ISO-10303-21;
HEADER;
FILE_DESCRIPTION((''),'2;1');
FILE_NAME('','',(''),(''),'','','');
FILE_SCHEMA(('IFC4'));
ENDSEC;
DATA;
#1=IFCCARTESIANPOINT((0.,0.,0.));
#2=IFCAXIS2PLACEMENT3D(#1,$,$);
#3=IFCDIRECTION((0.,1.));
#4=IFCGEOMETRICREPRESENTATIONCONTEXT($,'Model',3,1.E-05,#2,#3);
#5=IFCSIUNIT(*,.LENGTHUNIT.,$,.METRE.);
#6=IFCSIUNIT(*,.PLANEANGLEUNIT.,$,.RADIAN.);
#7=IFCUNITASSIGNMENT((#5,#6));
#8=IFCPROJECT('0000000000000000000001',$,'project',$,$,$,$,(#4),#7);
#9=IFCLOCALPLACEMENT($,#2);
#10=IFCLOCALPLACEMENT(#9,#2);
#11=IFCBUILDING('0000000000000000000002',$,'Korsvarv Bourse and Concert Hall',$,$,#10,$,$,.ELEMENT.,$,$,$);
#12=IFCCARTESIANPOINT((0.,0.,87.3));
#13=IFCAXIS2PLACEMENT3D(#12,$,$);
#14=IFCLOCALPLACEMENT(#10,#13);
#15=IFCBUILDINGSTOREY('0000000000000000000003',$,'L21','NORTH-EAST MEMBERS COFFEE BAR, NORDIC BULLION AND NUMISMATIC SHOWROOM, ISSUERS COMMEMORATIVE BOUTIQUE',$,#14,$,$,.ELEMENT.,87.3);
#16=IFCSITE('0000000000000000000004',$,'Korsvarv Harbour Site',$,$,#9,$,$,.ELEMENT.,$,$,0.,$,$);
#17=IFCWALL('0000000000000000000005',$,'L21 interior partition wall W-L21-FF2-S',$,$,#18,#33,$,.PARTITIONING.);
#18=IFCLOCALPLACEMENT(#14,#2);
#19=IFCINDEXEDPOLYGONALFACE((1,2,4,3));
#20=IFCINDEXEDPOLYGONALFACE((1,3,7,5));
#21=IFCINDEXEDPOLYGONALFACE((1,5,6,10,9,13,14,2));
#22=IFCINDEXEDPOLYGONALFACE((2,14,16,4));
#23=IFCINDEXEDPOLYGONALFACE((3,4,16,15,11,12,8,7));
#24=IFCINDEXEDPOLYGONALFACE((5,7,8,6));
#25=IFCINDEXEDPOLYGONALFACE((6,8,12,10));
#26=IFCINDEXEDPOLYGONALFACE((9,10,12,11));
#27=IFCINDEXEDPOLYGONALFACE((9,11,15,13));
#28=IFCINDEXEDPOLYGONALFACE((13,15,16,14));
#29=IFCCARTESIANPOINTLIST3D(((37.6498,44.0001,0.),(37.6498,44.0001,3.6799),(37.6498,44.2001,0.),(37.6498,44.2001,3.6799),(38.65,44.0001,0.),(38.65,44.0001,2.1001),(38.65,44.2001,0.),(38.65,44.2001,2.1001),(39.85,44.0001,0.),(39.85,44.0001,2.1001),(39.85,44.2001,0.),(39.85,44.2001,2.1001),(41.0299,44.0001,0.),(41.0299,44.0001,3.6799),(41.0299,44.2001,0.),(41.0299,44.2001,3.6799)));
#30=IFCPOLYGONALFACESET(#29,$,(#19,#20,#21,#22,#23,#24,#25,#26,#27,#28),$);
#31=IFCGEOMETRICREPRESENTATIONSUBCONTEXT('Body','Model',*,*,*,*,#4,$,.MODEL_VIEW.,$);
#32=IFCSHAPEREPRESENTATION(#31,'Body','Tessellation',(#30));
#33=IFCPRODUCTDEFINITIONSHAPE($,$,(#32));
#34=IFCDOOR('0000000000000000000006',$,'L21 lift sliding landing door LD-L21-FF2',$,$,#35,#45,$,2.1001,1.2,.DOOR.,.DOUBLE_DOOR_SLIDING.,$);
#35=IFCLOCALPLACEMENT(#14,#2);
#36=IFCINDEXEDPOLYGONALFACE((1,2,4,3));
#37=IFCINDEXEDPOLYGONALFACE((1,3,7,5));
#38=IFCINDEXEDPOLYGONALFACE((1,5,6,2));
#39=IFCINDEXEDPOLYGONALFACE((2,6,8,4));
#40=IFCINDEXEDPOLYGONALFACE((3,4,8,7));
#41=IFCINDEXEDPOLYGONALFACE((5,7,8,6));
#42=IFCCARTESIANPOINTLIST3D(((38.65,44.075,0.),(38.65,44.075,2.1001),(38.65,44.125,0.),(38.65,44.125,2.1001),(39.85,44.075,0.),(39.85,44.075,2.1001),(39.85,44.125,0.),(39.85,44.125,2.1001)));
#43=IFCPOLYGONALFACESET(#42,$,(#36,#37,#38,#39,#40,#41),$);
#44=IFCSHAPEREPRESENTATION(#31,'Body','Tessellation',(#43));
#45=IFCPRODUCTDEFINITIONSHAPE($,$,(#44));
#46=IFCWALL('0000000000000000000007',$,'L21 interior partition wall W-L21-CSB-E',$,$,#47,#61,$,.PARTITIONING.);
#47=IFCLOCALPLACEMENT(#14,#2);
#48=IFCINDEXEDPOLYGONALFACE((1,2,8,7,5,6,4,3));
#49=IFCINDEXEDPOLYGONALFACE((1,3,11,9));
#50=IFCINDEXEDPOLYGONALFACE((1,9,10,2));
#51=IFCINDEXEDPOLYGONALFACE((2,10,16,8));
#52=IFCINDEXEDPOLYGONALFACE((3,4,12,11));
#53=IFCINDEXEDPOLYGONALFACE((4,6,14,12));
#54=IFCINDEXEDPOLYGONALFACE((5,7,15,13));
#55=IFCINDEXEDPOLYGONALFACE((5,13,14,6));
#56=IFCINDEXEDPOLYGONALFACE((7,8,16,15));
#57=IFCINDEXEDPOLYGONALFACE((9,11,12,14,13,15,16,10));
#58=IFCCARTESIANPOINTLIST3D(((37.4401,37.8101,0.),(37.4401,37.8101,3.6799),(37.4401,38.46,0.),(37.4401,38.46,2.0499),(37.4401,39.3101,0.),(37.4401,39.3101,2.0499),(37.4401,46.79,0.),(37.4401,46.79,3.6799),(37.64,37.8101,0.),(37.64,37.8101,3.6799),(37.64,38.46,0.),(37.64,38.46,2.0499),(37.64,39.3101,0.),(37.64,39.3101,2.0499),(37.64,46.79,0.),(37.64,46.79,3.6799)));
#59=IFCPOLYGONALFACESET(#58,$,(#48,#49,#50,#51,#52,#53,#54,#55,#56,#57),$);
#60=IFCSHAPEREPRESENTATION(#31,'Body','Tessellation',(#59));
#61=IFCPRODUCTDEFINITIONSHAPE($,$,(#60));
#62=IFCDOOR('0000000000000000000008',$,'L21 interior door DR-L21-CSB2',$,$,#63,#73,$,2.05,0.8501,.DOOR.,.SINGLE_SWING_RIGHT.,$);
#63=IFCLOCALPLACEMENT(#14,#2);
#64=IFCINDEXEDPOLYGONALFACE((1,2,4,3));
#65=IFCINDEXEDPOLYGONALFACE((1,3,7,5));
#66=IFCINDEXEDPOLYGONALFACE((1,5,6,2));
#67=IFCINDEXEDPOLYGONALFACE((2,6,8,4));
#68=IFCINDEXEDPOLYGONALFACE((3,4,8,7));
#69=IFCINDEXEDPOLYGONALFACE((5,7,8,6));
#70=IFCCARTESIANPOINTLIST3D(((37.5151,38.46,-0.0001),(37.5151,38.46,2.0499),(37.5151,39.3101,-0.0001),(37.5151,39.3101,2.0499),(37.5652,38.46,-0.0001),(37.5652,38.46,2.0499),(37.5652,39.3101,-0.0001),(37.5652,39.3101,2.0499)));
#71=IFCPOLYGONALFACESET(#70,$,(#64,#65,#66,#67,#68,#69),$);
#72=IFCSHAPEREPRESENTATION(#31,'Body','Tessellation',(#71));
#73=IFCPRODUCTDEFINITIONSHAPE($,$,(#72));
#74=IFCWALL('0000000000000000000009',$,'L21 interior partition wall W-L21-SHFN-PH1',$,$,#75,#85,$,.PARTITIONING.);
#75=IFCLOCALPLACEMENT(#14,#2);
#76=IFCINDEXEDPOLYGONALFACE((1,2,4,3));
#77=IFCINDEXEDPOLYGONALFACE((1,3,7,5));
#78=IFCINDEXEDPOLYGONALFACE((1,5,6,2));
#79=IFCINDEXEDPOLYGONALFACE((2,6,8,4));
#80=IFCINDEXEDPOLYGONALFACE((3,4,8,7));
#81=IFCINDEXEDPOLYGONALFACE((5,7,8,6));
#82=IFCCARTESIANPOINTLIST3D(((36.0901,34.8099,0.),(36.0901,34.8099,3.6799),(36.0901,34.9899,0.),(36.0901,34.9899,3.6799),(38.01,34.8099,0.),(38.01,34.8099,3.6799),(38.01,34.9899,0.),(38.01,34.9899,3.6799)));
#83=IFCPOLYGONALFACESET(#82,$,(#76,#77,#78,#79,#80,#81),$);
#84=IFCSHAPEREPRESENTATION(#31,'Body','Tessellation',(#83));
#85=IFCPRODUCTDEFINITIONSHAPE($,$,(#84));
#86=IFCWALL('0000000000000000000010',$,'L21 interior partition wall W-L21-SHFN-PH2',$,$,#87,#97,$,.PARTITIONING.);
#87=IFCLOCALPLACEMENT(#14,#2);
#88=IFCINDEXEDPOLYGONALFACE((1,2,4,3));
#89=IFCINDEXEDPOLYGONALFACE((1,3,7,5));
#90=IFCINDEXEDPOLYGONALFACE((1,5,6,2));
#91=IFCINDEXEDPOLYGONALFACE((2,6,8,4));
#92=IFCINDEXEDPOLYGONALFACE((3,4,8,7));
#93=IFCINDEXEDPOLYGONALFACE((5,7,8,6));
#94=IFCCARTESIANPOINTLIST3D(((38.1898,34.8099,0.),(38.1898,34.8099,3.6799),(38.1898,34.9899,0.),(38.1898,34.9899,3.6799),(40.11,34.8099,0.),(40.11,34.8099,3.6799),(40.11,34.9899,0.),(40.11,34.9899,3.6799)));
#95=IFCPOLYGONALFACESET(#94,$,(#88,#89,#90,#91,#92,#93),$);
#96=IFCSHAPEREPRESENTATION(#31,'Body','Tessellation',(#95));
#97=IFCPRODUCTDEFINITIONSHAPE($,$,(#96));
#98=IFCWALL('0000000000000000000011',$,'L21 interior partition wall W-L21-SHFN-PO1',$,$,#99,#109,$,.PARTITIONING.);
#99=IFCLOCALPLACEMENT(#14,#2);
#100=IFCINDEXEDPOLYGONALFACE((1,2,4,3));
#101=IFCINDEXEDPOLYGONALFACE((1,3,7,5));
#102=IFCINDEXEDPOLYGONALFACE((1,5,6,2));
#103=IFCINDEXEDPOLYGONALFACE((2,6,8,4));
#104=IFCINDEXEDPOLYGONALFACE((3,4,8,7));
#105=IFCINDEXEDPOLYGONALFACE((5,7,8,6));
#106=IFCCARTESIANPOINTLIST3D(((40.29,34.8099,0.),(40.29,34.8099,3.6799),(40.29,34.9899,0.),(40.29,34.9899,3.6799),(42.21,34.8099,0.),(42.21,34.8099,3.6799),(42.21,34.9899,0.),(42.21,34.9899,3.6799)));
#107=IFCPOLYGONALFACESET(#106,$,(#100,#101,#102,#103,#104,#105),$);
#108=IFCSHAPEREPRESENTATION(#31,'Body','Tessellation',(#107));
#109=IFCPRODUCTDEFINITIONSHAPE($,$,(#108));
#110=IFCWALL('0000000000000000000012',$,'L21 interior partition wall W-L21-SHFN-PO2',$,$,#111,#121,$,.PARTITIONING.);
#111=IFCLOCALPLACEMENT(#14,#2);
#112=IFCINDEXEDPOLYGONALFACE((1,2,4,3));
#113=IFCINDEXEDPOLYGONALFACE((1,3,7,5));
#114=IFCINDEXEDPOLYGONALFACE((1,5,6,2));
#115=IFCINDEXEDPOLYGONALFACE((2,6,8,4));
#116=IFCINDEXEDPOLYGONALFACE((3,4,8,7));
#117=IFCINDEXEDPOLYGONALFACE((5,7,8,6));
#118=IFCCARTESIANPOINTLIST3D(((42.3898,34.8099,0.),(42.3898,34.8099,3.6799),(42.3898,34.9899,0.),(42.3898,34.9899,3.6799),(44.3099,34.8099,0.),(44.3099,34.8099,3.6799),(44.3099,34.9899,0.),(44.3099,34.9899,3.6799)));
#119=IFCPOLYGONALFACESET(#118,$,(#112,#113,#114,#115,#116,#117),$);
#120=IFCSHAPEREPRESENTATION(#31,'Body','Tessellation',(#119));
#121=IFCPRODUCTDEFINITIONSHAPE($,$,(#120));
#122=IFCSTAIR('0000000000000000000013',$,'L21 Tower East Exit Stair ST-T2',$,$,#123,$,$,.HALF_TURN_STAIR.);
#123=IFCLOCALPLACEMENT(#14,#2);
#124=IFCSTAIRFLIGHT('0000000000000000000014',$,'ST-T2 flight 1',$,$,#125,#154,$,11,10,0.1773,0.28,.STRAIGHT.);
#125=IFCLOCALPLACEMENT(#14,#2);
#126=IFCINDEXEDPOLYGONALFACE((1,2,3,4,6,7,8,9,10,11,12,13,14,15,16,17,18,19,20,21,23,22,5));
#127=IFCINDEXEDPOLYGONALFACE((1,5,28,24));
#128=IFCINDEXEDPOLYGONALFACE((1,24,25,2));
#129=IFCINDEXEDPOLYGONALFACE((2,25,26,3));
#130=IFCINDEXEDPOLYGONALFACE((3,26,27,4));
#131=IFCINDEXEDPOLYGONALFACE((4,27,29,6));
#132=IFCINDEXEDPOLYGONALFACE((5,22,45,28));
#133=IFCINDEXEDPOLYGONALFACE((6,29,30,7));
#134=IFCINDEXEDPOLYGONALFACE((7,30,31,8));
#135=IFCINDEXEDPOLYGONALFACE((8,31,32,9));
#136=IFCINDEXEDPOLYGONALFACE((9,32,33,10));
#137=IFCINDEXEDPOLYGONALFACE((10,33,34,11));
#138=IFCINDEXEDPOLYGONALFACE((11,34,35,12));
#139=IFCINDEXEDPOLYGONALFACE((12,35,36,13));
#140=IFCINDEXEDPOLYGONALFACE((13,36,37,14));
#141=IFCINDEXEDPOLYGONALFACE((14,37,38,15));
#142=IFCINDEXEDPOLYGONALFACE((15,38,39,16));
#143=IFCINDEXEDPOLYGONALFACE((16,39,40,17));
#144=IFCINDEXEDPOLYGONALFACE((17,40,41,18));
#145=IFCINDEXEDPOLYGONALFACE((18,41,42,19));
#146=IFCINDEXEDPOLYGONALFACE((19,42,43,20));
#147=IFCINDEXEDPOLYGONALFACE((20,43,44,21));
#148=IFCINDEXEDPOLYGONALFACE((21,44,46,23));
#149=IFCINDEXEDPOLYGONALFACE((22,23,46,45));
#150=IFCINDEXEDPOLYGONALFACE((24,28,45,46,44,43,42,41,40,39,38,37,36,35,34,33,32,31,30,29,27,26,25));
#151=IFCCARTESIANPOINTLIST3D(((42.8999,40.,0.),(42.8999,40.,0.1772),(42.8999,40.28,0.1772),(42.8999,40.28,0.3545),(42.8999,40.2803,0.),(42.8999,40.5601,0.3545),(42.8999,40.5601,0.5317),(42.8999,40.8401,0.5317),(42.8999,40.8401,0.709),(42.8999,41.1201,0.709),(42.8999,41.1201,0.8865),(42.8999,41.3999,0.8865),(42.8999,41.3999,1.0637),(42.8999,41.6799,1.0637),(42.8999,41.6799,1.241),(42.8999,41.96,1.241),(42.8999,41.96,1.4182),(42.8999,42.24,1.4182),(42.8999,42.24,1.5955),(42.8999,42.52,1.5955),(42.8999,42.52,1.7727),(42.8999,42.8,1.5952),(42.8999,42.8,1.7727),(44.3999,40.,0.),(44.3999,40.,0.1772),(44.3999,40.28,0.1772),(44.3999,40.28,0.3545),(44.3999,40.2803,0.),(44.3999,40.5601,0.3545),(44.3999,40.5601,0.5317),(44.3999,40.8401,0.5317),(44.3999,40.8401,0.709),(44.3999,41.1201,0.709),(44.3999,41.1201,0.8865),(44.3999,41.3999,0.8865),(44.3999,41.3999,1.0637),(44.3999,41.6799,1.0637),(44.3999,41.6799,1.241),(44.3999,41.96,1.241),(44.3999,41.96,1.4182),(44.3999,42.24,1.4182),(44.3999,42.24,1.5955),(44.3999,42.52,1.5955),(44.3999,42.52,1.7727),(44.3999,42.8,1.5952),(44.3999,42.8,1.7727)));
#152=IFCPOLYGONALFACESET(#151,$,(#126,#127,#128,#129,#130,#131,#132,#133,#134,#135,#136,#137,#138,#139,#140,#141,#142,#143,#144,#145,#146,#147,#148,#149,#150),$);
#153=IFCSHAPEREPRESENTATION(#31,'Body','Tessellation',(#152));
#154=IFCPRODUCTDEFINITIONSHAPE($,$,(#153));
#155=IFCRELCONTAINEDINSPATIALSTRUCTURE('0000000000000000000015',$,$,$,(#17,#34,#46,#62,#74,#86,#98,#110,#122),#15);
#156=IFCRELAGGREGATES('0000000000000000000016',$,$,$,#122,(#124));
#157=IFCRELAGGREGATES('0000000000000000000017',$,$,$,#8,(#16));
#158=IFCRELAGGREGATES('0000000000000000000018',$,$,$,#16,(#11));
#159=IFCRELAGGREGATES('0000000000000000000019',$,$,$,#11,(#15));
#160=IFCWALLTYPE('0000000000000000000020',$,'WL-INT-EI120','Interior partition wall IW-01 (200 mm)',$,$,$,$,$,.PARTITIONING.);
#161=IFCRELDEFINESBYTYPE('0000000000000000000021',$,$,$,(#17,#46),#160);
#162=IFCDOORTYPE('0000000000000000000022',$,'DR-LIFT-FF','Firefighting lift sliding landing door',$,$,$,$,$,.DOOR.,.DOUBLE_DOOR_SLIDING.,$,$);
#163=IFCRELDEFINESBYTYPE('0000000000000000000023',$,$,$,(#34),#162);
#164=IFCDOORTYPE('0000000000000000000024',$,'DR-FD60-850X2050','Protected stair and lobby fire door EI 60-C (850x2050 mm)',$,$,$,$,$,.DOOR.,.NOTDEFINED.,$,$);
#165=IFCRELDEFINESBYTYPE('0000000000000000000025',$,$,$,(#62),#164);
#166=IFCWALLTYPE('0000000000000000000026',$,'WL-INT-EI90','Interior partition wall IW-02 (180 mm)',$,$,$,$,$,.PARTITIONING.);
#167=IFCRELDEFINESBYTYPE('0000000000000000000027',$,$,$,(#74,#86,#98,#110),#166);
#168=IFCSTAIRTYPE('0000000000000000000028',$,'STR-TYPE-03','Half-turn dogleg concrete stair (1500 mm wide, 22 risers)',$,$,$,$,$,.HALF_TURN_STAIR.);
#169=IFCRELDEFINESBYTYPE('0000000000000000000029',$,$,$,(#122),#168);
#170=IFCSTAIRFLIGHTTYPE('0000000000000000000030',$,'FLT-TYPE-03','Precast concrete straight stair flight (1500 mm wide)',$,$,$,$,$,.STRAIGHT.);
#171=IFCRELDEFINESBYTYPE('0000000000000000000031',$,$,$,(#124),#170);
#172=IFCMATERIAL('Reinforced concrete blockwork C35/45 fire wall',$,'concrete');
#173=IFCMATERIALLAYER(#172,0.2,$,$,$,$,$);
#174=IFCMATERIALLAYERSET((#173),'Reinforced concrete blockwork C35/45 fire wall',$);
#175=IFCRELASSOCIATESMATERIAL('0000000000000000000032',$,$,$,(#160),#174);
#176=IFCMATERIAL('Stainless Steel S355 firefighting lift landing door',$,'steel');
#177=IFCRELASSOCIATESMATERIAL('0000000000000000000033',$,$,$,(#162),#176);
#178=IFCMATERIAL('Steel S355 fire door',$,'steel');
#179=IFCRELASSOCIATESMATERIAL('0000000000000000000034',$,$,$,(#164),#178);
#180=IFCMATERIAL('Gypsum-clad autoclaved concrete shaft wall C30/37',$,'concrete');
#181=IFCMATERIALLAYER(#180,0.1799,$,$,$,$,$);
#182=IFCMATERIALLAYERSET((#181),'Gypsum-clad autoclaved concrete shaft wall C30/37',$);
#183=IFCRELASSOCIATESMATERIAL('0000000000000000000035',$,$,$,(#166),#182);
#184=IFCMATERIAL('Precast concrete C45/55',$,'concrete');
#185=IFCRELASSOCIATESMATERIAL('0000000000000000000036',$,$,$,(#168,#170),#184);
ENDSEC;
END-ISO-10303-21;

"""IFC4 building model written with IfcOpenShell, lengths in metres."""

from ifc_helpers import new_model, si_unit, direction, frame, frame_2d, origin, place, context, subcontext, project, spatial, polyline, rectangle, outline, extrude, material, layer, layer_set, type_object, element, fill, aggregate, save


model = new_model("IFC4")

# Units and contexts
model_context = context("Model", 3, precision=1e-05, world=origin(), true_north=direction((0.0, 1.0)))
body_context = subcontext(model_context, "Body", "Model", "MODEL_VIEW")
ifc_project = project(units=[si_unit("LENGTHUNIT", "METRE"), si_unit("PLANEANGLEUNIT", "RADIAN")], contexts=[model_context])

# Site, building, storey
site_placement = place(None, origin())
site = spatial("IfcSite", under=ifc_project, at=site_placement, Name="Korsvarv Harbour Site", CompositionType="ELEMENT", RefElevation=0.0)
building_placement = place(site_placement, origin())
building = spatial("IfcBuilding", under=site, at=building_placement, Name="Korsvarv Bourse and Concert Hall", CompositionType="ELEMENT")
storey_placement = place(building_placement, frame((0.0, 0.0, 87.3)))
storey = spatial("IfcBuildingStorey", under=building, at=storey_placement, Name="L21", Description="NORTH-EAST MEMBERS COFFEE BAR, NORDIC BULLION AND NUMISMATIC SHOWROOM, ISSUERS COMMEMORATIVE BOUTIQUE", CompositionType="ELEMENT", Elevation=87.3)

# Shared definitions
ifc_material_1 = material(Name="Steel S355 fire door", Category="steel")

# Walls, openings, doors
ifc_material_2 = material(Name="Reinforced concrete blockwork C35/45 fire wall", Category="concrete")
ifc_layer_1 = layer(ifc_material_2, 0.2)
ifc_layer_set_1 = layer_set([ifc_layer_1], Name="Reinforced concrete blockwork C35/45 fire wall")
wall_type_1 = type_object("IfcWallType", Name="WL-INT-EI120", Description="Interior partition wall IW-01 (200 mm)", PredefinedType="PARTITIONING", material=ifc_layer_set_1)
wall_1_placement = place(storey_placement, frame((37.6499, 44.1001, 0.0), z_axis=(0.0, 0.0, 1.0), x_axis=(1.0, 0.0, 0.0)))
wall_1 = element("IfcWall", 1, at=wall_1_placement, inside=storey, type_object=wall_type_1, Name="L21 interior partition wall W-L21-FF2-S", PredefinedType="PARTITIONING", context=body_context, shape_type="SweptSolid", body=[
    extrude(rectangle(XDim=3.3801, YDim=0.2, at=frame_2d((1.6899, 0.0))), origin(), (0.0, 0.0, 1.0), 3.6799),
])
opening_1_placement = place(wall_1_placement, frame((1.0, 0.0, 0.0)))
opening_1 = element("IfcOpeningElement", 2, at=opening_1_placement, cuts=wall_1, PredefinedType="OPENING", context=body_context, shape_type="SweptSolid", body=[
    extrude(rectangle(XDim=1.2, YDim=2.1001, at=frame_2d((0.6001, 1.05))), frame((0.0, 0.1099, 0.0), z_axis=(0.0, -1.0, 0.0), x_axis=(1.0, 0.0, 0.0)), (0.0, 0.0, 1.0), 0.22),
])
ifc_material_3 = material(Name="Stainless Steel S355 firefighting lift landing door", Category="steel")
door_type_1 = type_object("IfcDoorType", Name="DR-LIFT-FF", Description="Firefighting lift sliding landing door", OperationType="DOUBLE_DOOR_SLIDING", PredefinedType="DOOR", material=ifc_material_3)
door_1_placement = place(opening_1_placement, origin())
door_1 = element("IfcDoor", 3, at=door_1_placement, inside=storey, type_object=door_type_1, Name="L21 lift sliding landing door LD-L21-FF2", OperationType="DOUBLE_DOOR_SLIDING", OverallHeight=2.1001, OverallWidth=1.2, PredefinedType="DOOR", context=body_context, shape_type="SweptSolid", body=[
    extrude(rectangle(XDim=1.2, YDim=2.1001, at=frame_2d((0.6001, 1.05))), frame((0.0, 0.0249, 0.0), z_axis=(0.0, -1.0, 0.0), x_axis=(1.0, 0.0, 0.0)), (0.0, 0.0, 1.0), 0.05),
])
fill(opening_1, door_1)
wall_2_placement = place(storey_placement, frame((37.54, 37.8101, 0.0), z_axis=(0.0, 0.0, 1.0), x_axis=(0.0, 1.0, 0.0)))
wall_2 = element("IfcWall", 4, at=wall_2_placement, inside=storey, type_object=wall_type_1, Name="L21 interior partition wall W-L21-CSB-E", PredefinedType="PARTITIONING", context=body_context, shape_type="SweptSolid", body=[
    extrude(rectangle(XDim=8.98, YDim=0.2, at=frame_2d((4.49, 0.0))), origin(), (0.0, 0.0, 1.0), 3.6799),
])
opening_2_placement = place(wall_2_placement, frame((0.6499, 0.0, 0.0)))
opening_2 = element("IfcOpeningElement", 5, at=opening_2_placement, cuts=wall_2, PredefinedType="OPENING", context=body_context, shape_type="SweptSolid", body=[
    extrude(rectangle(XDim=0.8501, YDim=2.05, at=frame_2d((0.425, 1.0249))), frame((0.0, 0.1099, 0.0), z_axis=(0.0, -1.0, 0.0), x_axis=(1.0, 0.0, 0.0)), (0.0, 0.0, 1.0), 0.22),
])
door_type_2 = type_object("IfcDoorType", Name="DR-FD60-850X2050", Description="Protected stair and lobby fire door EI 60-C (850x2050 mm)", OperationType="NOTDEFINED", PredefinedType="DOOR", material=ifc_material_1)
door_2_placement = place(opening_2_placement, origin())
door_2 = element("IfcDoor", 6, at=door_2_placement, inside=storey, type_object=door_type_2, Name="L21 interior door DR-L21-CSB2", OperationType="SINGLE_SWING_RIGHT", OverallHeight=2.05, OverallWidth=0.8501, PredefinedType="DOOR", context=body_context, shape_type="SweptSolid", body=[
    extrude(rectangle(XDim=0.8501, YDim=2.05, at=frame_2d((0.425, 1.0249))), frame((0.0, 0.0249, 0.0), z_axis=(0.0, -1.0, 0.0), x_axis=(1.0, 0.0, 0.0)), (0.0, 0.0, 1.0), 0.05),
])
fill(opening_2, door_2)

# Walls
ifc_material_4 = material(Name="Gypsum-clad autoclaved concrete shaft wall C30/37", Category="concrete")
ifc_layer_2 = layer(ifc_material_4, 0.1799)
ifc_layer_set_2 = layer_set([ifc_layer_2], Name="Gypsum-clad autoclaved concrete shaft wall C30/37")
wall_type_2 = type_object("IfcWallType", Name="WL-INT-EI90", Description="Interior partition wall IW-02 (180 mm)", PredefinedType="PARTITIONING", material=ifc_layer_set_2)
wall_3_placement = place(storey_placement, frame((36.0901, 34.8999, 0.0), z_axis=(0.0, 0.0, 1.0), x_axis=(1.0, 0.0, 0.0)))
element("IfcWall", 7, at=wall_3_placement, inside=storey, type_object=wall_type_2, Name="L21 interior partition wall W-L21-SHFN-PH1", PredefinedType="PARTITIONING", context=body_context, shape_type="SweptSolid", body=[
    extrude(rectangle(XDim=1.9199, YDim=0.1799, at=frame_2d((0.96, 0.0))), origin(), (0.0, 0.0, 1.0), 3.6799),
])
wall_4_placement = place(storey_placement, frame((38.1899, 34.8999, 0.0), z_axis=(0.0, 0.0, 1.0), x_axis=(1.0, 0.0, 0.0)))
element("IfcWall", 8, at=wall_4_placement, inside=storey, type_object=wall_type_2, Name="L21 interior partition wall W-L21-SHFN-PH2", PredefinedType="PARTITIONING", context=body_context, shape_type="SweptSolid", body=[
    extrude(rectangle(XDim=1.9202, YDim=0.1799, at=frame_2d((0.96, 0.0))), origin(), (0.0, 0.0, 1.0), 3.6799),
])
wall_5_placement = place(storey_placement, frame((40.29, 34.8999, 0.0), z_axis=(0.0, 0.0, 1.0), x_axis=(1.0, 0.0, 0.0)))
element("IfcWall", 9, at=wall_5_placement, inside=storey, type_object=wall_type_2, Name="L21 interior partition wall W-L21-SHFN-PO1", PredefinedType="PARTITIONING", context=body_context, shape_type="SweptSolid", body=[
    extrude(rectangle(XDim=1.9199, YDim=0.1799, at=frame_2d((0.96, 0.0))), origin(), (0.0, 0.0, 1.0), 3.6799),
])
wall_6_placement = place(storey_placement, frame((42.3899, 34.8999, 0.0), z_axis=(0.0, 0.0, 1.0), x_axis=(1.0, 0.0, 0.0)))
element("IfcWall", 10, at=wall_6_placement, inside=storey, type_object=wall_type_2, Name="L21 interior partition wall W-L21-SHFN-PO2", PredefinedType="PARTITIONING", context=body_context, shape_type="SweptSolid", body=[
    extrude(rectangle(XDim=1.9202, YDim=0.1799, at=frame_2d((0.96, 0.0))), origin(), (0.0, 0.0, 1.0), 3.6799),
])

# Stair, stair flight
ifc_material_5 = material(Name="Precast concrete C45/55", Category="concrete")
stair_type = type_object("IfcStairType", Name="STR-TYPE-03", Description="Half-turn dogleg concrete stair (1500 mm wide, 22 risers)", PredefinedType="HALF_TURN_STAIR", material=ifc_material_5)
stair_placement = place(storey_placement, origin())
stair = element("IfcStair", 11, at=stair_placement, inside=storey, type_object=stair_type, Name="L21 Tower East Exit Stair ST-T2", PredefinedType="HALF_TURN_STAIR")
stair_flight_type = type_object("IfcStairFlightType", Name="FLT-TYPE-03", Description="Precast concrete straight stair flight (1500 mm wide)", PredefinedType="STRAIGHT", material=ifc_material_5)
stair_flight_1_placement = place(storey_placement, frame((43.6499, 40.0, 0.0), z_axis=(0.0, 0.0, 1.0), x_axis=(0.0, 1.0, 0.0)))
stair_flight_1 = element("IfcStairFlight", 12, at=stair_flight_1_placement, type_object=stair_flight_type, Name="ST-T2 flight 1", NumberOfRisers=11, NumberOfTreads=10, PredefinedType="STRAIGHT", RiserHeight=0.1773, TreadLength=0.28, context=body_context, shape_type="SweptSolid", body=[
    extrude(outline(polyline([(0.0, 0.0), (0.0, 0.1772), (0.28, 0.1772), (0.28, 0.3545), (0.5601, 0.3545), (0.5601, 0.5317), (0.8401, 0.5317), (0.8401, 0.709), (1.1201, 0.709), (1.1201, 0.8865), (1.3999, 0.8865), (1.3999, 1.0637), (1.6799, 1.0637), (1.6799, 1.241), (1.96, 1.241), (1.96, 1.4182), (2.24, 1.4182), (2.24, 1.5955), (2.52, 1.5955), (2.52, 1.7727), (2.8, 1.7727), (2.8, 1.95), (2.8, 1.5952), (0.2803, 0.0), (0.0, 0.0)])), frame((0.0, 0.75, 0.0), z_axis=(0.0, -1.0, 0.0), x_axis=(1.0, 0.0, 0.0)), (0.0, 0.0, 1.0), 1.5),
])
aggregate(stair, [stair_flight_1])

save(model, "model.ifc")
